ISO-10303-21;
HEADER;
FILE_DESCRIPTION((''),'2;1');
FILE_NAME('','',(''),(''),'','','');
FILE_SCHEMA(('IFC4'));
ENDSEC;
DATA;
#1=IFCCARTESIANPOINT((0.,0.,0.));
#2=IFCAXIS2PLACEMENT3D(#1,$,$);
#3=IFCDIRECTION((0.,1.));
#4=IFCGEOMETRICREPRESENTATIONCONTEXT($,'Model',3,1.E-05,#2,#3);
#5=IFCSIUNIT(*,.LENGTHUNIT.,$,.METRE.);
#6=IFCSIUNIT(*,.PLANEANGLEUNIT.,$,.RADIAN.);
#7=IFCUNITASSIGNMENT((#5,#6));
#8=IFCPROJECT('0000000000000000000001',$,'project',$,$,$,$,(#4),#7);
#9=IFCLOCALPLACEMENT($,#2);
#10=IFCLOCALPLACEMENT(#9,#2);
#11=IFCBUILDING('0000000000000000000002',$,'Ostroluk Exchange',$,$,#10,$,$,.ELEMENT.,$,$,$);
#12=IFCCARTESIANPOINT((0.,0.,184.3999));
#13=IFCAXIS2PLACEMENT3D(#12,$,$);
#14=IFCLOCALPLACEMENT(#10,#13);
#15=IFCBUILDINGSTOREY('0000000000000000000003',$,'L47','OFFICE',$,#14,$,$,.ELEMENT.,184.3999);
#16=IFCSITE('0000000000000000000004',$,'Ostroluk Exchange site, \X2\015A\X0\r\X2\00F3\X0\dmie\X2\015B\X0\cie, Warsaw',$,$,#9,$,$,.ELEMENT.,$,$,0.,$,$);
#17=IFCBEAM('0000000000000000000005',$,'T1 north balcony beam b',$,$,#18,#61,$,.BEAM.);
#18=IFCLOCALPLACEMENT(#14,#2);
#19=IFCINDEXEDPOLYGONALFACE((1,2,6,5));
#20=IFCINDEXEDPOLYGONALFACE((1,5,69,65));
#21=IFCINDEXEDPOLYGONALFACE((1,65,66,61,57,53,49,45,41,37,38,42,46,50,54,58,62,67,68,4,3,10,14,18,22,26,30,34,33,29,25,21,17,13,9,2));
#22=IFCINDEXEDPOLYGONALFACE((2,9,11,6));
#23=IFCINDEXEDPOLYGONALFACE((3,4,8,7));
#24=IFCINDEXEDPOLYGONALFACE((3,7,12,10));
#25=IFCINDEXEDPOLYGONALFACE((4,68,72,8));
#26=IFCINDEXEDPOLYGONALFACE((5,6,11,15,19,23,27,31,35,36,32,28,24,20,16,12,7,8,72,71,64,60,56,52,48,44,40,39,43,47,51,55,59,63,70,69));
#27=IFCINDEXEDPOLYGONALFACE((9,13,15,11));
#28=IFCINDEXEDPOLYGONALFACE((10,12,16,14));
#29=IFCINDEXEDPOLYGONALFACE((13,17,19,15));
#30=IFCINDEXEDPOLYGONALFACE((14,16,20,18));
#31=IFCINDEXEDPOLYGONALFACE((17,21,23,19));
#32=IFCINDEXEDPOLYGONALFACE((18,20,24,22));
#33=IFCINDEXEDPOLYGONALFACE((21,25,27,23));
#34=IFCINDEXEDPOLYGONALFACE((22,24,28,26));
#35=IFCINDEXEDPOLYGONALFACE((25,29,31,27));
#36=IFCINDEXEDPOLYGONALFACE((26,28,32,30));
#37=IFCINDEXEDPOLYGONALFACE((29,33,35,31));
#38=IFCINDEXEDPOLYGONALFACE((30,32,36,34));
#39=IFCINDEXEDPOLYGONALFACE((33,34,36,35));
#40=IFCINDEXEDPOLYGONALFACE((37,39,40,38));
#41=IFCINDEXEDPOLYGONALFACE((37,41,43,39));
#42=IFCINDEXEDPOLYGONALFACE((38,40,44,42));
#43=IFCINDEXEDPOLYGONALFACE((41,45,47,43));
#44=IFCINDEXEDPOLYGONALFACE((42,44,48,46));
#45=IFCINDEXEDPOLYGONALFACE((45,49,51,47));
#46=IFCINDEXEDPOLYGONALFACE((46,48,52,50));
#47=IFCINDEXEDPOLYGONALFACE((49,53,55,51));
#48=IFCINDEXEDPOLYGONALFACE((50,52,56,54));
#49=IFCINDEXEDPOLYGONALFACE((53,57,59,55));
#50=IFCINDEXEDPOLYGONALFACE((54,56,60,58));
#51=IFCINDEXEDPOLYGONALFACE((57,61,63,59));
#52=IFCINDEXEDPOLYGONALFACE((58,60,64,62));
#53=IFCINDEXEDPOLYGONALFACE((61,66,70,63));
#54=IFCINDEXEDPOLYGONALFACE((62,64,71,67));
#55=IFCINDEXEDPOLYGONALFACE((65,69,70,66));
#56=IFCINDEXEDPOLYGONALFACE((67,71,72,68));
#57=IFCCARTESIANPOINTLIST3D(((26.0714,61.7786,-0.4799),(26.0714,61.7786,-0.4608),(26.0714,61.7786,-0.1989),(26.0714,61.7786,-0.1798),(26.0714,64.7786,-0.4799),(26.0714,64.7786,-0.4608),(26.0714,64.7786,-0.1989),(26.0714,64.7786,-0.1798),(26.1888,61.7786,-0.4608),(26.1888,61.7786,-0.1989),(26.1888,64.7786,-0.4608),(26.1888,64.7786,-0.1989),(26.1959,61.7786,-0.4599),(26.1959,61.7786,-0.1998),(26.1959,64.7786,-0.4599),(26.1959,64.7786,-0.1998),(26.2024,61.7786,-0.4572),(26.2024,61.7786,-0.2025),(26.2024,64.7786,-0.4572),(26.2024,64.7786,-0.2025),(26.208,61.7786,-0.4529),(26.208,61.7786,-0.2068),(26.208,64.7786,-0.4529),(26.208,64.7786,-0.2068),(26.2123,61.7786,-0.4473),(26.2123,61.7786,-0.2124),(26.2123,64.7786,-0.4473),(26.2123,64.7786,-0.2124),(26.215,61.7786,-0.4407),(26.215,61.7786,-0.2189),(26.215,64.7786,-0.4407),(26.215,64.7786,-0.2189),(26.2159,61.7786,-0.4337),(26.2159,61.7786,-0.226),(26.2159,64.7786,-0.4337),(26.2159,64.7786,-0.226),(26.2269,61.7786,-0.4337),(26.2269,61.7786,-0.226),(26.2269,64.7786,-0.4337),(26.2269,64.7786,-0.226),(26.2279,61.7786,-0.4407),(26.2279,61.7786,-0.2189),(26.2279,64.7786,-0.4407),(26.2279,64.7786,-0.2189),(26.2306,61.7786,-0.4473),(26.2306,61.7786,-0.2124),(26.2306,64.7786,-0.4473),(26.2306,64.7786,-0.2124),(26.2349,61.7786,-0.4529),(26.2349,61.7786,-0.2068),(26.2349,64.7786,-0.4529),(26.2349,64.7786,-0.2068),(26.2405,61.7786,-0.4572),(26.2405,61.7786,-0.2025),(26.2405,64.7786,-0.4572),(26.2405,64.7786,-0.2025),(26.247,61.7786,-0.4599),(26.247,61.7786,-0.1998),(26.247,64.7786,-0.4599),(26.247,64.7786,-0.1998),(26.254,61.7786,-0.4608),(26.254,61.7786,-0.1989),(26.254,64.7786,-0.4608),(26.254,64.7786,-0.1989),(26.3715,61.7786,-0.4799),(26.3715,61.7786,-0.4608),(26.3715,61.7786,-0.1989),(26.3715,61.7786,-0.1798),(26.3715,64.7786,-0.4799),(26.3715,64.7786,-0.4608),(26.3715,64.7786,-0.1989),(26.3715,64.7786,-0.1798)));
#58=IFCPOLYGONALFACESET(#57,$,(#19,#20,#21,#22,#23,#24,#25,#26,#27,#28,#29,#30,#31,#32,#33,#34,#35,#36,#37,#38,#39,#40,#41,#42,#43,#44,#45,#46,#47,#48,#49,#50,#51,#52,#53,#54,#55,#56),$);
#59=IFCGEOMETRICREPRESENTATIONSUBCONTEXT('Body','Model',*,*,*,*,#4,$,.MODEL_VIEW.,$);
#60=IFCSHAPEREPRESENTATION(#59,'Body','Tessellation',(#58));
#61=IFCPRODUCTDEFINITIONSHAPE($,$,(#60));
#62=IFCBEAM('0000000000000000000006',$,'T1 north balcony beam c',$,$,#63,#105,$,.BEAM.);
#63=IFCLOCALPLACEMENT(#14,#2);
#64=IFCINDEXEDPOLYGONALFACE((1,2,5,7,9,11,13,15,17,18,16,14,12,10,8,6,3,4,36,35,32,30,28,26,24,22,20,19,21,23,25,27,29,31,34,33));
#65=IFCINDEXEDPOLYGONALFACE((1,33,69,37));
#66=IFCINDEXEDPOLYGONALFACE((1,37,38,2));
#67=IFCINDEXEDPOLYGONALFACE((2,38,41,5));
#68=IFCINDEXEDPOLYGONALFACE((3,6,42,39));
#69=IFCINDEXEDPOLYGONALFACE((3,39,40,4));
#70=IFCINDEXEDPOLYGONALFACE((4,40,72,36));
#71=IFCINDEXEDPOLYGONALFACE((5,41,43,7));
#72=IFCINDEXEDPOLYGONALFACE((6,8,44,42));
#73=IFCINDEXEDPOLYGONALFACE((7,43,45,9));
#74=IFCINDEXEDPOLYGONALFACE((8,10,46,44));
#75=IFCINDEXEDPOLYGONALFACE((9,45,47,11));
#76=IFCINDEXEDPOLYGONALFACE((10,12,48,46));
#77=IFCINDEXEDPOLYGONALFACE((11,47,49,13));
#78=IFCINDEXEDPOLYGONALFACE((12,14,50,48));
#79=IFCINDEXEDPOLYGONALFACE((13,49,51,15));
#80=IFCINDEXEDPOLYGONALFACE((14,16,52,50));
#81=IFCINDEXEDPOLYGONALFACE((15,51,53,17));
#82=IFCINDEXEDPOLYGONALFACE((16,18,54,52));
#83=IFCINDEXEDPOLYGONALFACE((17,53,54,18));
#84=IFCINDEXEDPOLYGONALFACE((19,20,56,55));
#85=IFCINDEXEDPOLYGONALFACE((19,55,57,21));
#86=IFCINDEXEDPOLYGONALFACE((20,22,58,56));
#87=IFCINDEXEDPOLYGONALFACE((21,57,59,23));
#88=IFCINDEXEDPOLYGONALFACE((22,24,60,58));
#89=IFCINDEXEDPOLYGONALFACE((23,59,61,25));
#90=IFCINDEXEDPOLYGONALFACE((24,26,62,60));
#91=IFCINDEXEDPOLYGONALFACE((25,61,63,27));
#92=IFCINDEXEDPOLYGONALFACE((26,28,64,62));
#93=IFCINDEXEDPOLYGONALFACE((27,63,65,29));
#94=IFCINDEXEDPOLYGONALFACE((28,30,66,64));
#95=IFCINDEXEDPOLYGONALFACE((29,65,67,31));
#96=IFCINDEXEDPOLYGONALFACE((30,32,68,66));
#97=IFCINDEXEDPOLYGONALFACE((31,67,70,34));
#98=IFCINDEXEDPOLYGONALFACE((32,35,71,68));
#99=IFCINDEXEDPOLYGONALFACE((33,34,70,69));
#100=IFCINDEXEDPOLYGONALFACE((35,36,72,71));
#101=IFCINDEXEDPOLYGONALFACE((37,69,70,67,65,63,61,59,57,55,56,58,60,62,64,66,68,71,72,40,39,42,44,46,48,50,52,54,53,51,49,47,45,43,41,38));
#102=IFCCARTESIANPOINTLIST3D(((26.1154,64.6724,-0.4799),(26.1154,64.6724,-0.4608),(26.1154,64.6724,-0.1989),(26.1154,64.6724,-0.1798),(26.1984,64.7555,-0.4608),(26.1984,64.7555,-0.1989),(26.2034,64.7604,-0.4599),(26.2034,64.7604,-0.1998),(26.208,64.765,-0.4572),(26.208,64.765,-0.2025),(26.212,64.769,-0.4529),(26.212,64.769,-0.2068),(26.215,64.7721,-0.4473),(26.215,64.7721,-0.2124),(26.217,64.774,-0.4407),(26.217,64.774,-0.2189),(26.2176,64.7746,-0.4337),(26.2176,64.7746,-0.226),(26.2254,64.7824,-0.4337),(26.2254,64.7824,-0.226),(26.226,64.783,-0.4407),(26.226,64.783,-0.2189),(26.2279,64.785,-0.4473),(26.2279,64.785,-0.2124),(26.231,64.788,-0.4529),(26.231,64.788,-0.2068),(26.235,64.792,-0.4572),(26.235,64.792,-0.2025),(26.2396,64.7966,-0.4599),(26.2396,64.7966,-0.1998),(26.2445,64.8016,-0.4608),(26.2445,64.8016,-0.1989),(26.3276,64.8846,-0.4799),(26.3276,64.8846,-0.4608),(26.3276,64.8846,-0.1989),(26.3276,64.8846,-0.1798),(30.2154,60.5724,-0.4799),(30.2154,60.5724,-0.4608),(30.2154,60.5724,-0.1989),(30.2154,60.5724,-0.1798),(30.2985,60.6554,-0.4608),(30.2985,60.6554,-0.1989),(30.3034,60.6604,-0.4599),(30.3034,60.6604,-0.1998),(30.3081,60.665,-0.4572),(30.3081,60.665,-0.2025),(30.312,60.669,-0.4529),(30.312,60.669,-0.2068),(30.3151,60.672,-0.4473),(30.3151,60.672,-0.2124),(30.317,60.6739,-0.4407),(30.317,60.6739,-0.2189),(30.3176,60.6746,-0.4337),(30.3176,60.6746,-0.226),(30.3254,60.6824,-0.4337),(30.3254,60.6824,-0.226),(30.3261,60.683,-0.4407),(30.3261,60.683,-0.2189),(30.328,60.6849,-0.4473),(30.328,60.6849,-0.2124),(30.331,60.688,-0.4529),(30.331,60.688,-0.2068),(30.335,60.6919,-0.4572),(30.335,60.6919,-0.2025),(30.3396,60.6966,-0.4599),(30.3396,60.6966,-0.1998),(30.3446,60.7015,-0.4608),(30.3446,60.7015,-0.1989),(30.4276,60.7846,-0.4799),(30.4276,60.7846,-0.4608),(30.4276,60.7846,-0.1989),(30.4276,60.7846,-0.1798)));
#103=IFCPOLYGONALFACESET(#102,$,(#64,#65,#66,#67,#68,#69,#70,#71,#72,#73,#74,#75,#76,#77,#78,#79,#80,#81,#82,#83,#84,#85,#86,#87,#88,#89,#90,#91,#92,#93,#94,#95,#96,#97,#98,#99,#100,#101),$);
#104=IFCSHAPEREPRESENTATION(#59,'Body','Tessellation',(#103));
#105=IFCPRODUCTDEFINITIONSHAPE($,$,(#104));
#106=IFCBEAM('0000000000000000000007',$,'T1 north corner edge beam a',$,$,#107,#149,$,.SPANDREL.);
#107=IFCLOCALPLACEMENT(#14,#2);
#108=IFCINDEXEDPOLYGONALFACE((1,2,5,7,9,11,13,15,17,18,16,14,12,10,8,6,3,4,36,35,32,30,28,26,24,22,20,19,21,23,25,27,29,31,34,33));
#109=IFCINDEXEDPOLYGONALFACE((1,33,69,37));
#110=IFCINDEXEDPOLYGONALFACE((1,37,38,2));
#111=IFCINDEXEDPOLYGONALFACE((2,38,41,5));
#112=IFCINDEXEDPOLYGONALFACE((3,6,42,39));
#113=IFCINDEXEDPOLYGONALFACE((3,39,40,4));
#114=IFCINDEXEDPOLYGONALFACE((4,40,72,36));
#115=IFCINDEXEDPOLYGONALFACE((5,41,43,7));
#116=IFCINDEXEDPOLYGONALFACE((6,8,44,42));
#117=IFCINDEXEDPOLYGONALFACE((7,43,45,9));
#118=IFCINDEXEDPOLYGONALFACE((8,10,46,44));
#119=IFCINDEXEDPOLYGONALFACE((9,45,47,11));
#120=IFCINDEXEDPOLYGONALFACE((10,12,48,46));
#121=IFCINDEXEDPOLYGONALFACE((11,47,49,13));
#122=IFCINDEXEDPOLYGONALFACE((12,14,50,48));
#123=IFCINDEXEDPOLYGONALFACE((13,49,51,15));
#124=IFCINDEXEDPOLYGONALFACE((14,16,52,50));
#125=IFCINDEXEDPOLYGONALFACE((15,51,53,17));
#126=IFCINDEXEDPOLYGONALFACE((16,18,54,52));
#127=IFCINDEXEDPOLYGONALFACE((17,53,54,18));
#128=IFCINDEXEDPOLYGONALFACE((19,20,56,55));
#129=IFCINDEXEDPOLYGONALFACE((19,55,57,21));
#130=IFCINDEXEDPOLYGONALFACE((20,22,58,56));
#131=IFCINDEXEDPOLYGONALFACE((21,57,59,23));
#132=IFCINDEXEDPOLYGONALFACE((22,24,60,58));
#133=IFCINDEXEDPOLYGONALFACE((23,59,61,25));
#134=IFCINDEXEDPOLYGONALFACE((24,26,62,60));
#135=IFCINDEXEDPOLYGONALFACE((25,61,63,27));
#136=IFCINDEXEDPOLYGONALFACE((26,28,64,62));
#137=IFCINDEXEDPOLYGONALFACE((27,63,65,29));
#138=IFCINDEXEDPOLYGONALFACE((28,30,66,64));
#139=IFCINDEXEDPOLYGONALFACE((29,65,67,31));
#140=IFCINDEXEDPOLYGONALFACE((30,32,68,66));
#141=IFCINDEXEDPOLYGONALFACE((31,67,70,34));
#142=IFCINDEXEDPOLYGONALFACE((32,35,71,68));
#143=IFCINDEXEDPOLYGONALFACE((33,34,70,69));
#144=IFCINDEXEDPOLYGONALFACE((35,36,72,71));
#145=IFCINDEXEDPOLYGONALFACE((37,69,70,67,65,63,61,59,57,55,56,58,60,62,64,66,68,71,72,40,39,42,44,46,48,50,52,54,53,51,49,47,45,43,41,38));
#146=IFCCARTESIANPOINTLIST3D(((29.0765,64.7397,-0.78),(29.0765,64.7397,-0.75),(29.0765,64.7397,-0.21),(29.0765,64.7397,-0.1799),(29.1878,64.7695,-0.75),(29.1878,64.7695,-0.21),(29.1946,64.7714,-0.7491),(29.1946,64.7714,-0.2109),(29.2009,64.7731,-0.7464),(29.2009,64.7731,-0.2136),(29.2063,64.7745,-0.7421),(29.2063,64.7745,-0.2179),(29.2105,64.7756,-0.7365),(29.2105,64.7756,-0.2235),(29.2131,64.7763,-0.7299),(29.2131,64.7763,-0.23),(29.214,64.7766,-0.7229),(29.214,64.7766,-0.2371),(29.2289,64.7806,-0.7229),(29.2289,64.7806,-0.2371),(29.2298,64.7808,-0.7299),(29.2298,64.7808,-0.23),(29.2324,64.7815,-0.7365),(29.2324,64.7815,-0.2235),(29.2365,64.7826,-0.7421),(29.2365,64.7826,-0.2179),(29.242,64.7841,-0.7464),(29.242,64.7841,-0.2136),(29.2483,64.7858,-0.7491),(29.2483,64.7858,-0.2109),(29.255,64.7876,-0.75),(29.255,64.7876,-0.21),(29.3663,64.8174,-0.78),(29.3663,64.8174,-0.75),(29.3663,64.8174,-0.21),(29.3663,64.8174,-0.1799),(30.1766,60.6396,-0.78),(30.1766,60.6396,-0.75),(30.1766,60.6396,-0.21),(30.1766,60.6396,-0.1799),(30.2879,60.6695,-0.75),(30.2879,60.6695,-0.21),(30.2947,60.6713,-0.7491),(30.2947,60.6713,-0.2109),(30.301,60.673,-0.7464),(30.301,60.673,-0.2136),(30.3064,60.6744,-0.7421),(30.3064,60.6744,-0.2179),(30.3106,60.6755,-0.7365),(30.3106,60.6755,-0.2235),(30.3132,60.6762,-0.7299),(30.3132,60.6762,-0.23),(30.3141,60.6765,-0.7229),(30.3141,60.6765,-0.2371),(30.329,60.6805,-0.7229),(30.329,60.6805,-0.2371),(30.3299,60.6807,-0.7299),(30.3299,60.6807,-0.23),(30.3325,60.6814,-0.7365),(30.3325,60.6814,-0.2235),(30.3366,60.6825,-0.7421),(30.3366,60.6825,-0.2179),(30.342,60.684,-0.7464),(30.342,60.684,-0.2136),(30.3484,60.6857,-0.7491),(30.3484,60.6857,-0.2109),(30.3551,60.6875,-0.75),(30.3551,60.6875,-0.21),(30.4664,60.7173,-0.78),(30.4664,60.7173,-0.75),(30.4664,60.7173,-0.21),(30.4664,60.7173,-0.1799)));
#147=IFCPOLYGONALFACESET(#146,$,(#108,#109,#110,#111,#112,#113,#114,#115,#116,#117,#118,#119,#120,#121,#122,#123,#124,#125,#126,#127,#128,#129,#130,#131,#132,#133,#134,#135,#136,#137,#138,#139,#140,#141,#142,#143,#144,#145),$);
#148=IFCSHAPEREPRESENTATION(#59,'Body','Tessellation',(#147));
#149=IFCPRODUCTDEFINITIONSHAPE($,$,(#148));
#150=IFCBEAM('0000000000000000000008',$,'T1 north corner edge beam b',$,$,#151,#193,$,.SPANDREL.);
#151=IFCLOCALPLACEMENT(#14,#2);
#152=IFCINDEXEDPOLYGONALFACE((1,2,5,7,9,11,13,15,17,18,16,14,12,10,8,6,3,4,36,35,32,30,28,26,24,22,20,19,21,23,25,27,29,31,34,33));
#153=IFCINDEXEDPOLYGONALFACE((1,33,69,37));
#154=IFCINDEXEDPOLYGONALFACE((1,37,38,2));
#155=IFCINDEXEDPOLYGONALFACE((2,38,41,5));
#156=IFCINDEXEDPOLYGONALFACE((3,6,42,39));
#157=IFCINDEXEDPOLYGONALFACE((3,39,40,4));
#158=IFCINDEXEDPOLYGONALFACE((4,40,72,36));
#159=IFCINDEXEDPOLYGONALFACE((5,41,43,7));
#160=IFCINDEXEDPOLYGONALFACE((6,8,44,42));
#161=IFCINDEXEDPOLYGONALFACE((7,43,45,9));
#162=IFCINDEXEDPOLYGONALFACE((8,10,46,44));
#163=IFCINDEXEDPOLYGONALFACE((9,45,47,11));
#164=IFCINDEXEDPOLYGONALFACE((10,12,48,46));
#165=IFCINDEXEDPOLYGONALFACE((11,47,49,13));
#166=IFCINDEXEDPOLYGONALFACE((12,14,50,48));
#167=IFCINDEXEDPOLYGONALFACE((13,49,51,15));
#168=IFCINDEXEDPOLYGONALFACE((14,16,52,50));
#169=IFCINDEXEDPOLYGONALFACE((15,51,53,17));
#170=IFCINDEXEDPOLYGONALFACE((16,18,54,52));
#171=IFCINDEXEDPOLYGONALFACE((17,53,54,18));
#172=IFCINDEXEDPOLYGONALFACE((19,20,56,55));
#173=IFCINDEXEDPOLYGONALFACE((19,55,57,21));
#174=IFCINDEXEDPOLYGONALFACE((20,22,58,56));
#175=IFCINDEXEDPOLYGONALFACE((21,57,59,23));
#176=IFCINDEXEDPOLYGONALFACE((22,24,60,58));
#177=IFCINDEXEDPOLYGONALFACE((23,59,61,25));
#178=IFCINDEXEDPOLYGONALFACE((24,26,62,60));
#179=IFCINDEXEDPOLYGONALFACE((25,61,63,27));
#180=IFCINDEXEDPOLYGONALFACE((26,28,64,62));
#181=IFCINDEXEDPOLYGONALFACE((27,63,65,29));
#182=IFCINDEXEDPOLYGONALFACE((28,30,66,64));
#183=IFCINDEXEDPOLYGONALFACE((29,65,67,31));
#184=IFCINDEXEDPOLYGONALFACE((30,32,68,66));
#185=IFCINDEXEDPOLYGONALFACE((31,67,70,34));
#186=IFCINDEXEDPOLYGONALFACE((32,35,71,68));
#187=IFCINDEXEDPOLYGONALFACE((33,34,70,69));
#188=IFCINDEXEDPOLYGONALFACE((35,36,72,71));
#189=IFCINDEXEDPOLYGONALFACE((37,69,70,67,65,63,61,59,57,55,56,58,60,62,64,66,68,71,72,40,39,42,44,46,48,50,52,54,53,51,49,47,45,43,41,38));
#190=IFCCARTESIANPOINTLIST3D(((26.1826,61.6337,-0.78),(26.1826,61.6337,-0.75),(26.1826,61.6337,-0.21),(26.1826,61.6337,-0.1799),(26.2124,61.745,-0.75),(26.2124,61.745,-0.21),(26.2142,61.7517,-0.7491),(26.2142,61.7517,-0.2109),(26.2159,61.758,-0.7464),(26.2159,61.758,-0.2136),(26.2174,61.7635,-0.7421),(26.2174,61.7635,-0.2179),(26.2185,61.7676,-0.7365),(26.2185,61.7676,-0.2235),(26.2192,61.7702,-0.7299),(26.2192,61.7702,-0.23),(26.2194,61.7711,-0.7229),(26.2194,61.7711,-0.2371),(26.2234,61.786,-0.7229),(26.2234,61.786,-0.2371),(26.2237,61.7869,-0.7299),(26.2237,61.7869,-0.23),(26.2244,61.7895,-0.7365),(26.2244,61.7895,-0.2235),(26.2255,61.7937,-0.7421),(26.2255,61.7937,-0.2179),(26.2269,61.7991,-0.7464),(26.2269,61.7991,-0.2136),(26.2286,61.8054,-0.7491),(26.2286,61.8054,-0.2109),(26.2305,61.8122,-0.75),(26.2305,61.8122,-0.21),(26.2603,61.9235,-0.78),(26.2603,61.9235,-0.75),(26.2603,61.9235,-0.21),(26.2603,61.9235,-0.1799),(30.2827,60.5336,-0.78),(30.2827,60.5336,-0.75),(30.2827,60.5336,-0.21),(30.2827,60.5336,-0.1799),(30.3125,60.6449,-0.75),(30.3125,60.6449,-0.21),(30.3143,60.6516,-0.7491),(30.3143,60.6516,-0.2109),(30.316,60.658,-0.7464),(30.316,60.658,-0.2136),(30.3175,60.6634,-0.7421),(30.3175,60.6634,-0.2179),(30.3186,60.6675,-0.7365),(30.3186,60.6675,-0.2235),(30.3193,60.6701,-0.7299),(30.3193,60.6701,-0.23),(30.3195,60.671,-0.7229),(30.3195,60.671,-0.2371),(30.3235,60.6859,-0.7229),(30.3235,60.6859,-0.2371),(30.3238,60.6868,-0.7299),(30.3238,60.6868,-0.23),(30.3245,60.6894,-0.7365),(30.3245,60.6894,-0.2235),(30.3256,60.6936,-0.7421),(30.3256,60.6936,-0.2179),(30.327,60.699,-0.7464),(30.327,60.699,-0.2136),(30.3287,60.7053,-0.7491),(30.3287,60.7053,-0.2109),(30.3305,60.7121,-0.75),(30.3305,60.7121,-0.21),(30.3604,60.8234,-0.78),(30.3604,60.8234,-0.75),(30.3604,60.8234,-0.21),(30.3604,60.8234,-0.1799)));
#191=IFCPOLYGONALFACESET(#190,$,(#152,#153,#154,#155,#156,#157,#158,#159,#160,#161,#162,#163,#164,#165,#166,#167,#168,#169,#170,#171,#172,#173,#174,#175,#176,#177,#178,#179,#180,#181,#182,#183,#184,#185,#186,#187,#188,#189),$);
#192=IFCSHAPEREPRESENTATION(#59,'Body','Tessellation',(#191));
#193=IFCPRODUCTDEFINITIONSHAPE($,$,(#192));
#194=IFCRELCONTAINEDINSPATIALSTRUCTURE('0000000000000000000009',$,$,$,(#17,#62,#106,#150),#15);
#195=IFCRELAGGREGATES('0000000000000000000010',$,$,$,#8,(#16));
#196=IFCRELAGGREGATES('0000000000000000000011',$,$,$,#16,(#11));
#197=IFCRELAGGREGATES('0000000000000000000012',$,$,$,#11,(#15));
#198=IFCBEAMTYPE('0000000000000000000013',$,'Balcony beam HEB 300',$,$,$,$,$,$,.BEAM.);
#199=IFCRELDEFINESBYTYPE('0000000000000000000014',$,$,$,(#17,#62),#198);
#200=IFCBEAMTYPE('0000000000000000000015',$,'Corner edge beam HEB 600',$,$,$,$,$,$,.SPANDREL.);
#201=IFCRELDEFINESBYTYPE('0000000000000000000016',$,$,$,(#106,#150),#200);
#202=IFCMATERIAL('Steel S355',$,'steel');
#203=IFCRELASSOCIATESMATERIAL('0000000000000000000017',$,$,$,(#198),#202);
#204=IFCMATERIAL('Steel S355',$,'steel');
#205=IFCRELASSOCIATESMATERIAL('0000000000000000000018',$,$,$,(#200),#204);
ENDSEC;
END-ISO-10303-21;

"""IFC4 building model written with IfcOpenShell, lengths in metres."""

from ifc_helpers import new_model, si_unit, direction, frame, origin, origin_2d, place, context, subcontext, project, spatial, i_section, extrude, material, material_profile, profile_set, type_object, element, save


model = new_model("IFC4")

# Units and contexts
model_context = context("Model", 3, precision=1e-05, world=origin(), true_north=direction((0.0, 1.0)))
body_context = subcontext(model_context, "Body", "Model", "MODEL_VIEW")
ifc_project = project(units=[si_unit("LENGTHUNIT", "METRE"), si_unit("PLANEANGLEUNIT", "RADIAN")], contexts=[model_context])

# Site, building, storey
site_placement = place(None, origin())
site = spatial("IfcSite", under=ifc_project, at=site_placement, Name="Ostroluk Exchange site, Śródmieście, Warsaw", CompositionType="ELEMENT", RefElevation=0.0)
building_placement = place(site_placement, origin())
building = spatial("IfcBuilding", under=site, at=building_placement, Name="Ostroluk Exchange", CompositionType="ELEMENT")
storey_placement = place(building_placement, frame((0.0, 0.0, 184.3999)))
storey = spatial("IfcBuildingStorey", under=building, at=storey_placement, Name="L47", Description="OFFICE", CompositionType="ELEMENT", Elevation=184.3999)

# Beams
ifc_material_1 = material(Name="Steel S355", Category="steel")
ifc_material_profile_1 = material_profile(ifc_material_1, i_section(OverallWidth=0.3, OverallDepth=0.3, WebThickness=0.011, FlangeThickness=0.019, FilletRadius=0.0271, at=origin_2d()), Name="HEB 300")
ifc_profile_set_1 = profile_set([ifc_material_profile_1], Name="Steel S355")
beam_type_1 = type_object("IfcBeamType", Name="Balcony beam HEB 300", PredefinedType="BEAM", material=ifc_profile_set_1)
for number, where, z_axis, x_axis, name in (
    (1, (26.2214, 61.7786, -0.3298), (0.0, 1.0, 0.0), (-1.0, 0.0, 0.0), "T1 north balcony beam b"),
):
    element("IfcBeam", number, at=place(storey_placement, frame(where, z_axis=z_axis, x_axis=x_axis)), inside=storey, type_object=beam_type_1, Name=name, PredefinedType="BEAM", context=body_context, shape_type="SweptSolid", body=[
        extrude(i_section(OverallWidth=0.3, OverallDepth=0.3, WebThickness=0.011, FlangeThickness=0.019, FilletRadius=0.0271, at=origin_2d()), origin(), (0.0, 0.0, 1.0), 3.0),
    ])
beam_1_placement = place(storey_placement, frame((30.3215, 60.6785, -0.3298), z_axis=(-0.707107, 0.707107, 0.0), x_axis=(-0.707107, -0.707107, 0.0)))
element("IfcBeam", 2, at=beam_1_placement, inside=storey, type_object=beam_type_1, Name="T1 north balcony beam c", PredefinedType="BEAM", context=body_context, shape_type="SweptSolid", body=[
    extrude(i_section(OverallWidth=0.3, OverallDepth=0.3, WebThickness=0.011, FlangeThickness=0.019, FilletRadius=0.0271, at=origin_2d()), origin(), (0.0, 0.0, 1.0), 5.7983),
])
ifc_material_2 = material(Name="Steel S355", Category="steel")
ifc_material_profile_2 = material_profile(ifc_material_2, i_section(OverallWidth=0.3, OverallDepth=0.6001, WebThickness=0.0154, FlangeThickness=0.03, FilletRadius=0.0271, at=origin_2d()), Name="HEB 600")
ifc_profile_set_2 = profile_set([ifc_material_profile_2], Name="Steel S355")
beam_type_2 = type_object("IfcBeamType", Name="Corner edge beam HEB 600", PredefinedType="SPANDREL", material=ifc_profile_set_2)
for number, where, z_axis, x_axis, name in (
    (3, (30.3215, 60.6785, -0.48), (-0.259144, 0.965839, 0.0), (-0.965839, -0.259144, 0.0), "T1 north corner edge beam a"),
    (4, (30.3215, 60.6785, -0.48), (-0.965839, 0.259144, 0.0), (-0.259144, -0.965839, 0.0), "T1 north corner edge beam b"),
):
    element("IfcBeam", number, at=place(storey_placement, frame(where, z_axis=z_axis, x_axis=x_axis)), inside=storey, type_object=beam_type_2, Name=name, PredefinedType="SPANDREL", context=body_context, shape_type="SweptSolid", body=[
        extrude(i_section(OverallWidth=0.3, OverallDepth=0.6001, WebThickness=0.0154, FlangeThickness=0.03, FilletRadius=0.0271, at=origin_2d()), origin(), (0.0, 0.0, 1.0), 4.2451),
    ])

save(model, "model.ifc")
